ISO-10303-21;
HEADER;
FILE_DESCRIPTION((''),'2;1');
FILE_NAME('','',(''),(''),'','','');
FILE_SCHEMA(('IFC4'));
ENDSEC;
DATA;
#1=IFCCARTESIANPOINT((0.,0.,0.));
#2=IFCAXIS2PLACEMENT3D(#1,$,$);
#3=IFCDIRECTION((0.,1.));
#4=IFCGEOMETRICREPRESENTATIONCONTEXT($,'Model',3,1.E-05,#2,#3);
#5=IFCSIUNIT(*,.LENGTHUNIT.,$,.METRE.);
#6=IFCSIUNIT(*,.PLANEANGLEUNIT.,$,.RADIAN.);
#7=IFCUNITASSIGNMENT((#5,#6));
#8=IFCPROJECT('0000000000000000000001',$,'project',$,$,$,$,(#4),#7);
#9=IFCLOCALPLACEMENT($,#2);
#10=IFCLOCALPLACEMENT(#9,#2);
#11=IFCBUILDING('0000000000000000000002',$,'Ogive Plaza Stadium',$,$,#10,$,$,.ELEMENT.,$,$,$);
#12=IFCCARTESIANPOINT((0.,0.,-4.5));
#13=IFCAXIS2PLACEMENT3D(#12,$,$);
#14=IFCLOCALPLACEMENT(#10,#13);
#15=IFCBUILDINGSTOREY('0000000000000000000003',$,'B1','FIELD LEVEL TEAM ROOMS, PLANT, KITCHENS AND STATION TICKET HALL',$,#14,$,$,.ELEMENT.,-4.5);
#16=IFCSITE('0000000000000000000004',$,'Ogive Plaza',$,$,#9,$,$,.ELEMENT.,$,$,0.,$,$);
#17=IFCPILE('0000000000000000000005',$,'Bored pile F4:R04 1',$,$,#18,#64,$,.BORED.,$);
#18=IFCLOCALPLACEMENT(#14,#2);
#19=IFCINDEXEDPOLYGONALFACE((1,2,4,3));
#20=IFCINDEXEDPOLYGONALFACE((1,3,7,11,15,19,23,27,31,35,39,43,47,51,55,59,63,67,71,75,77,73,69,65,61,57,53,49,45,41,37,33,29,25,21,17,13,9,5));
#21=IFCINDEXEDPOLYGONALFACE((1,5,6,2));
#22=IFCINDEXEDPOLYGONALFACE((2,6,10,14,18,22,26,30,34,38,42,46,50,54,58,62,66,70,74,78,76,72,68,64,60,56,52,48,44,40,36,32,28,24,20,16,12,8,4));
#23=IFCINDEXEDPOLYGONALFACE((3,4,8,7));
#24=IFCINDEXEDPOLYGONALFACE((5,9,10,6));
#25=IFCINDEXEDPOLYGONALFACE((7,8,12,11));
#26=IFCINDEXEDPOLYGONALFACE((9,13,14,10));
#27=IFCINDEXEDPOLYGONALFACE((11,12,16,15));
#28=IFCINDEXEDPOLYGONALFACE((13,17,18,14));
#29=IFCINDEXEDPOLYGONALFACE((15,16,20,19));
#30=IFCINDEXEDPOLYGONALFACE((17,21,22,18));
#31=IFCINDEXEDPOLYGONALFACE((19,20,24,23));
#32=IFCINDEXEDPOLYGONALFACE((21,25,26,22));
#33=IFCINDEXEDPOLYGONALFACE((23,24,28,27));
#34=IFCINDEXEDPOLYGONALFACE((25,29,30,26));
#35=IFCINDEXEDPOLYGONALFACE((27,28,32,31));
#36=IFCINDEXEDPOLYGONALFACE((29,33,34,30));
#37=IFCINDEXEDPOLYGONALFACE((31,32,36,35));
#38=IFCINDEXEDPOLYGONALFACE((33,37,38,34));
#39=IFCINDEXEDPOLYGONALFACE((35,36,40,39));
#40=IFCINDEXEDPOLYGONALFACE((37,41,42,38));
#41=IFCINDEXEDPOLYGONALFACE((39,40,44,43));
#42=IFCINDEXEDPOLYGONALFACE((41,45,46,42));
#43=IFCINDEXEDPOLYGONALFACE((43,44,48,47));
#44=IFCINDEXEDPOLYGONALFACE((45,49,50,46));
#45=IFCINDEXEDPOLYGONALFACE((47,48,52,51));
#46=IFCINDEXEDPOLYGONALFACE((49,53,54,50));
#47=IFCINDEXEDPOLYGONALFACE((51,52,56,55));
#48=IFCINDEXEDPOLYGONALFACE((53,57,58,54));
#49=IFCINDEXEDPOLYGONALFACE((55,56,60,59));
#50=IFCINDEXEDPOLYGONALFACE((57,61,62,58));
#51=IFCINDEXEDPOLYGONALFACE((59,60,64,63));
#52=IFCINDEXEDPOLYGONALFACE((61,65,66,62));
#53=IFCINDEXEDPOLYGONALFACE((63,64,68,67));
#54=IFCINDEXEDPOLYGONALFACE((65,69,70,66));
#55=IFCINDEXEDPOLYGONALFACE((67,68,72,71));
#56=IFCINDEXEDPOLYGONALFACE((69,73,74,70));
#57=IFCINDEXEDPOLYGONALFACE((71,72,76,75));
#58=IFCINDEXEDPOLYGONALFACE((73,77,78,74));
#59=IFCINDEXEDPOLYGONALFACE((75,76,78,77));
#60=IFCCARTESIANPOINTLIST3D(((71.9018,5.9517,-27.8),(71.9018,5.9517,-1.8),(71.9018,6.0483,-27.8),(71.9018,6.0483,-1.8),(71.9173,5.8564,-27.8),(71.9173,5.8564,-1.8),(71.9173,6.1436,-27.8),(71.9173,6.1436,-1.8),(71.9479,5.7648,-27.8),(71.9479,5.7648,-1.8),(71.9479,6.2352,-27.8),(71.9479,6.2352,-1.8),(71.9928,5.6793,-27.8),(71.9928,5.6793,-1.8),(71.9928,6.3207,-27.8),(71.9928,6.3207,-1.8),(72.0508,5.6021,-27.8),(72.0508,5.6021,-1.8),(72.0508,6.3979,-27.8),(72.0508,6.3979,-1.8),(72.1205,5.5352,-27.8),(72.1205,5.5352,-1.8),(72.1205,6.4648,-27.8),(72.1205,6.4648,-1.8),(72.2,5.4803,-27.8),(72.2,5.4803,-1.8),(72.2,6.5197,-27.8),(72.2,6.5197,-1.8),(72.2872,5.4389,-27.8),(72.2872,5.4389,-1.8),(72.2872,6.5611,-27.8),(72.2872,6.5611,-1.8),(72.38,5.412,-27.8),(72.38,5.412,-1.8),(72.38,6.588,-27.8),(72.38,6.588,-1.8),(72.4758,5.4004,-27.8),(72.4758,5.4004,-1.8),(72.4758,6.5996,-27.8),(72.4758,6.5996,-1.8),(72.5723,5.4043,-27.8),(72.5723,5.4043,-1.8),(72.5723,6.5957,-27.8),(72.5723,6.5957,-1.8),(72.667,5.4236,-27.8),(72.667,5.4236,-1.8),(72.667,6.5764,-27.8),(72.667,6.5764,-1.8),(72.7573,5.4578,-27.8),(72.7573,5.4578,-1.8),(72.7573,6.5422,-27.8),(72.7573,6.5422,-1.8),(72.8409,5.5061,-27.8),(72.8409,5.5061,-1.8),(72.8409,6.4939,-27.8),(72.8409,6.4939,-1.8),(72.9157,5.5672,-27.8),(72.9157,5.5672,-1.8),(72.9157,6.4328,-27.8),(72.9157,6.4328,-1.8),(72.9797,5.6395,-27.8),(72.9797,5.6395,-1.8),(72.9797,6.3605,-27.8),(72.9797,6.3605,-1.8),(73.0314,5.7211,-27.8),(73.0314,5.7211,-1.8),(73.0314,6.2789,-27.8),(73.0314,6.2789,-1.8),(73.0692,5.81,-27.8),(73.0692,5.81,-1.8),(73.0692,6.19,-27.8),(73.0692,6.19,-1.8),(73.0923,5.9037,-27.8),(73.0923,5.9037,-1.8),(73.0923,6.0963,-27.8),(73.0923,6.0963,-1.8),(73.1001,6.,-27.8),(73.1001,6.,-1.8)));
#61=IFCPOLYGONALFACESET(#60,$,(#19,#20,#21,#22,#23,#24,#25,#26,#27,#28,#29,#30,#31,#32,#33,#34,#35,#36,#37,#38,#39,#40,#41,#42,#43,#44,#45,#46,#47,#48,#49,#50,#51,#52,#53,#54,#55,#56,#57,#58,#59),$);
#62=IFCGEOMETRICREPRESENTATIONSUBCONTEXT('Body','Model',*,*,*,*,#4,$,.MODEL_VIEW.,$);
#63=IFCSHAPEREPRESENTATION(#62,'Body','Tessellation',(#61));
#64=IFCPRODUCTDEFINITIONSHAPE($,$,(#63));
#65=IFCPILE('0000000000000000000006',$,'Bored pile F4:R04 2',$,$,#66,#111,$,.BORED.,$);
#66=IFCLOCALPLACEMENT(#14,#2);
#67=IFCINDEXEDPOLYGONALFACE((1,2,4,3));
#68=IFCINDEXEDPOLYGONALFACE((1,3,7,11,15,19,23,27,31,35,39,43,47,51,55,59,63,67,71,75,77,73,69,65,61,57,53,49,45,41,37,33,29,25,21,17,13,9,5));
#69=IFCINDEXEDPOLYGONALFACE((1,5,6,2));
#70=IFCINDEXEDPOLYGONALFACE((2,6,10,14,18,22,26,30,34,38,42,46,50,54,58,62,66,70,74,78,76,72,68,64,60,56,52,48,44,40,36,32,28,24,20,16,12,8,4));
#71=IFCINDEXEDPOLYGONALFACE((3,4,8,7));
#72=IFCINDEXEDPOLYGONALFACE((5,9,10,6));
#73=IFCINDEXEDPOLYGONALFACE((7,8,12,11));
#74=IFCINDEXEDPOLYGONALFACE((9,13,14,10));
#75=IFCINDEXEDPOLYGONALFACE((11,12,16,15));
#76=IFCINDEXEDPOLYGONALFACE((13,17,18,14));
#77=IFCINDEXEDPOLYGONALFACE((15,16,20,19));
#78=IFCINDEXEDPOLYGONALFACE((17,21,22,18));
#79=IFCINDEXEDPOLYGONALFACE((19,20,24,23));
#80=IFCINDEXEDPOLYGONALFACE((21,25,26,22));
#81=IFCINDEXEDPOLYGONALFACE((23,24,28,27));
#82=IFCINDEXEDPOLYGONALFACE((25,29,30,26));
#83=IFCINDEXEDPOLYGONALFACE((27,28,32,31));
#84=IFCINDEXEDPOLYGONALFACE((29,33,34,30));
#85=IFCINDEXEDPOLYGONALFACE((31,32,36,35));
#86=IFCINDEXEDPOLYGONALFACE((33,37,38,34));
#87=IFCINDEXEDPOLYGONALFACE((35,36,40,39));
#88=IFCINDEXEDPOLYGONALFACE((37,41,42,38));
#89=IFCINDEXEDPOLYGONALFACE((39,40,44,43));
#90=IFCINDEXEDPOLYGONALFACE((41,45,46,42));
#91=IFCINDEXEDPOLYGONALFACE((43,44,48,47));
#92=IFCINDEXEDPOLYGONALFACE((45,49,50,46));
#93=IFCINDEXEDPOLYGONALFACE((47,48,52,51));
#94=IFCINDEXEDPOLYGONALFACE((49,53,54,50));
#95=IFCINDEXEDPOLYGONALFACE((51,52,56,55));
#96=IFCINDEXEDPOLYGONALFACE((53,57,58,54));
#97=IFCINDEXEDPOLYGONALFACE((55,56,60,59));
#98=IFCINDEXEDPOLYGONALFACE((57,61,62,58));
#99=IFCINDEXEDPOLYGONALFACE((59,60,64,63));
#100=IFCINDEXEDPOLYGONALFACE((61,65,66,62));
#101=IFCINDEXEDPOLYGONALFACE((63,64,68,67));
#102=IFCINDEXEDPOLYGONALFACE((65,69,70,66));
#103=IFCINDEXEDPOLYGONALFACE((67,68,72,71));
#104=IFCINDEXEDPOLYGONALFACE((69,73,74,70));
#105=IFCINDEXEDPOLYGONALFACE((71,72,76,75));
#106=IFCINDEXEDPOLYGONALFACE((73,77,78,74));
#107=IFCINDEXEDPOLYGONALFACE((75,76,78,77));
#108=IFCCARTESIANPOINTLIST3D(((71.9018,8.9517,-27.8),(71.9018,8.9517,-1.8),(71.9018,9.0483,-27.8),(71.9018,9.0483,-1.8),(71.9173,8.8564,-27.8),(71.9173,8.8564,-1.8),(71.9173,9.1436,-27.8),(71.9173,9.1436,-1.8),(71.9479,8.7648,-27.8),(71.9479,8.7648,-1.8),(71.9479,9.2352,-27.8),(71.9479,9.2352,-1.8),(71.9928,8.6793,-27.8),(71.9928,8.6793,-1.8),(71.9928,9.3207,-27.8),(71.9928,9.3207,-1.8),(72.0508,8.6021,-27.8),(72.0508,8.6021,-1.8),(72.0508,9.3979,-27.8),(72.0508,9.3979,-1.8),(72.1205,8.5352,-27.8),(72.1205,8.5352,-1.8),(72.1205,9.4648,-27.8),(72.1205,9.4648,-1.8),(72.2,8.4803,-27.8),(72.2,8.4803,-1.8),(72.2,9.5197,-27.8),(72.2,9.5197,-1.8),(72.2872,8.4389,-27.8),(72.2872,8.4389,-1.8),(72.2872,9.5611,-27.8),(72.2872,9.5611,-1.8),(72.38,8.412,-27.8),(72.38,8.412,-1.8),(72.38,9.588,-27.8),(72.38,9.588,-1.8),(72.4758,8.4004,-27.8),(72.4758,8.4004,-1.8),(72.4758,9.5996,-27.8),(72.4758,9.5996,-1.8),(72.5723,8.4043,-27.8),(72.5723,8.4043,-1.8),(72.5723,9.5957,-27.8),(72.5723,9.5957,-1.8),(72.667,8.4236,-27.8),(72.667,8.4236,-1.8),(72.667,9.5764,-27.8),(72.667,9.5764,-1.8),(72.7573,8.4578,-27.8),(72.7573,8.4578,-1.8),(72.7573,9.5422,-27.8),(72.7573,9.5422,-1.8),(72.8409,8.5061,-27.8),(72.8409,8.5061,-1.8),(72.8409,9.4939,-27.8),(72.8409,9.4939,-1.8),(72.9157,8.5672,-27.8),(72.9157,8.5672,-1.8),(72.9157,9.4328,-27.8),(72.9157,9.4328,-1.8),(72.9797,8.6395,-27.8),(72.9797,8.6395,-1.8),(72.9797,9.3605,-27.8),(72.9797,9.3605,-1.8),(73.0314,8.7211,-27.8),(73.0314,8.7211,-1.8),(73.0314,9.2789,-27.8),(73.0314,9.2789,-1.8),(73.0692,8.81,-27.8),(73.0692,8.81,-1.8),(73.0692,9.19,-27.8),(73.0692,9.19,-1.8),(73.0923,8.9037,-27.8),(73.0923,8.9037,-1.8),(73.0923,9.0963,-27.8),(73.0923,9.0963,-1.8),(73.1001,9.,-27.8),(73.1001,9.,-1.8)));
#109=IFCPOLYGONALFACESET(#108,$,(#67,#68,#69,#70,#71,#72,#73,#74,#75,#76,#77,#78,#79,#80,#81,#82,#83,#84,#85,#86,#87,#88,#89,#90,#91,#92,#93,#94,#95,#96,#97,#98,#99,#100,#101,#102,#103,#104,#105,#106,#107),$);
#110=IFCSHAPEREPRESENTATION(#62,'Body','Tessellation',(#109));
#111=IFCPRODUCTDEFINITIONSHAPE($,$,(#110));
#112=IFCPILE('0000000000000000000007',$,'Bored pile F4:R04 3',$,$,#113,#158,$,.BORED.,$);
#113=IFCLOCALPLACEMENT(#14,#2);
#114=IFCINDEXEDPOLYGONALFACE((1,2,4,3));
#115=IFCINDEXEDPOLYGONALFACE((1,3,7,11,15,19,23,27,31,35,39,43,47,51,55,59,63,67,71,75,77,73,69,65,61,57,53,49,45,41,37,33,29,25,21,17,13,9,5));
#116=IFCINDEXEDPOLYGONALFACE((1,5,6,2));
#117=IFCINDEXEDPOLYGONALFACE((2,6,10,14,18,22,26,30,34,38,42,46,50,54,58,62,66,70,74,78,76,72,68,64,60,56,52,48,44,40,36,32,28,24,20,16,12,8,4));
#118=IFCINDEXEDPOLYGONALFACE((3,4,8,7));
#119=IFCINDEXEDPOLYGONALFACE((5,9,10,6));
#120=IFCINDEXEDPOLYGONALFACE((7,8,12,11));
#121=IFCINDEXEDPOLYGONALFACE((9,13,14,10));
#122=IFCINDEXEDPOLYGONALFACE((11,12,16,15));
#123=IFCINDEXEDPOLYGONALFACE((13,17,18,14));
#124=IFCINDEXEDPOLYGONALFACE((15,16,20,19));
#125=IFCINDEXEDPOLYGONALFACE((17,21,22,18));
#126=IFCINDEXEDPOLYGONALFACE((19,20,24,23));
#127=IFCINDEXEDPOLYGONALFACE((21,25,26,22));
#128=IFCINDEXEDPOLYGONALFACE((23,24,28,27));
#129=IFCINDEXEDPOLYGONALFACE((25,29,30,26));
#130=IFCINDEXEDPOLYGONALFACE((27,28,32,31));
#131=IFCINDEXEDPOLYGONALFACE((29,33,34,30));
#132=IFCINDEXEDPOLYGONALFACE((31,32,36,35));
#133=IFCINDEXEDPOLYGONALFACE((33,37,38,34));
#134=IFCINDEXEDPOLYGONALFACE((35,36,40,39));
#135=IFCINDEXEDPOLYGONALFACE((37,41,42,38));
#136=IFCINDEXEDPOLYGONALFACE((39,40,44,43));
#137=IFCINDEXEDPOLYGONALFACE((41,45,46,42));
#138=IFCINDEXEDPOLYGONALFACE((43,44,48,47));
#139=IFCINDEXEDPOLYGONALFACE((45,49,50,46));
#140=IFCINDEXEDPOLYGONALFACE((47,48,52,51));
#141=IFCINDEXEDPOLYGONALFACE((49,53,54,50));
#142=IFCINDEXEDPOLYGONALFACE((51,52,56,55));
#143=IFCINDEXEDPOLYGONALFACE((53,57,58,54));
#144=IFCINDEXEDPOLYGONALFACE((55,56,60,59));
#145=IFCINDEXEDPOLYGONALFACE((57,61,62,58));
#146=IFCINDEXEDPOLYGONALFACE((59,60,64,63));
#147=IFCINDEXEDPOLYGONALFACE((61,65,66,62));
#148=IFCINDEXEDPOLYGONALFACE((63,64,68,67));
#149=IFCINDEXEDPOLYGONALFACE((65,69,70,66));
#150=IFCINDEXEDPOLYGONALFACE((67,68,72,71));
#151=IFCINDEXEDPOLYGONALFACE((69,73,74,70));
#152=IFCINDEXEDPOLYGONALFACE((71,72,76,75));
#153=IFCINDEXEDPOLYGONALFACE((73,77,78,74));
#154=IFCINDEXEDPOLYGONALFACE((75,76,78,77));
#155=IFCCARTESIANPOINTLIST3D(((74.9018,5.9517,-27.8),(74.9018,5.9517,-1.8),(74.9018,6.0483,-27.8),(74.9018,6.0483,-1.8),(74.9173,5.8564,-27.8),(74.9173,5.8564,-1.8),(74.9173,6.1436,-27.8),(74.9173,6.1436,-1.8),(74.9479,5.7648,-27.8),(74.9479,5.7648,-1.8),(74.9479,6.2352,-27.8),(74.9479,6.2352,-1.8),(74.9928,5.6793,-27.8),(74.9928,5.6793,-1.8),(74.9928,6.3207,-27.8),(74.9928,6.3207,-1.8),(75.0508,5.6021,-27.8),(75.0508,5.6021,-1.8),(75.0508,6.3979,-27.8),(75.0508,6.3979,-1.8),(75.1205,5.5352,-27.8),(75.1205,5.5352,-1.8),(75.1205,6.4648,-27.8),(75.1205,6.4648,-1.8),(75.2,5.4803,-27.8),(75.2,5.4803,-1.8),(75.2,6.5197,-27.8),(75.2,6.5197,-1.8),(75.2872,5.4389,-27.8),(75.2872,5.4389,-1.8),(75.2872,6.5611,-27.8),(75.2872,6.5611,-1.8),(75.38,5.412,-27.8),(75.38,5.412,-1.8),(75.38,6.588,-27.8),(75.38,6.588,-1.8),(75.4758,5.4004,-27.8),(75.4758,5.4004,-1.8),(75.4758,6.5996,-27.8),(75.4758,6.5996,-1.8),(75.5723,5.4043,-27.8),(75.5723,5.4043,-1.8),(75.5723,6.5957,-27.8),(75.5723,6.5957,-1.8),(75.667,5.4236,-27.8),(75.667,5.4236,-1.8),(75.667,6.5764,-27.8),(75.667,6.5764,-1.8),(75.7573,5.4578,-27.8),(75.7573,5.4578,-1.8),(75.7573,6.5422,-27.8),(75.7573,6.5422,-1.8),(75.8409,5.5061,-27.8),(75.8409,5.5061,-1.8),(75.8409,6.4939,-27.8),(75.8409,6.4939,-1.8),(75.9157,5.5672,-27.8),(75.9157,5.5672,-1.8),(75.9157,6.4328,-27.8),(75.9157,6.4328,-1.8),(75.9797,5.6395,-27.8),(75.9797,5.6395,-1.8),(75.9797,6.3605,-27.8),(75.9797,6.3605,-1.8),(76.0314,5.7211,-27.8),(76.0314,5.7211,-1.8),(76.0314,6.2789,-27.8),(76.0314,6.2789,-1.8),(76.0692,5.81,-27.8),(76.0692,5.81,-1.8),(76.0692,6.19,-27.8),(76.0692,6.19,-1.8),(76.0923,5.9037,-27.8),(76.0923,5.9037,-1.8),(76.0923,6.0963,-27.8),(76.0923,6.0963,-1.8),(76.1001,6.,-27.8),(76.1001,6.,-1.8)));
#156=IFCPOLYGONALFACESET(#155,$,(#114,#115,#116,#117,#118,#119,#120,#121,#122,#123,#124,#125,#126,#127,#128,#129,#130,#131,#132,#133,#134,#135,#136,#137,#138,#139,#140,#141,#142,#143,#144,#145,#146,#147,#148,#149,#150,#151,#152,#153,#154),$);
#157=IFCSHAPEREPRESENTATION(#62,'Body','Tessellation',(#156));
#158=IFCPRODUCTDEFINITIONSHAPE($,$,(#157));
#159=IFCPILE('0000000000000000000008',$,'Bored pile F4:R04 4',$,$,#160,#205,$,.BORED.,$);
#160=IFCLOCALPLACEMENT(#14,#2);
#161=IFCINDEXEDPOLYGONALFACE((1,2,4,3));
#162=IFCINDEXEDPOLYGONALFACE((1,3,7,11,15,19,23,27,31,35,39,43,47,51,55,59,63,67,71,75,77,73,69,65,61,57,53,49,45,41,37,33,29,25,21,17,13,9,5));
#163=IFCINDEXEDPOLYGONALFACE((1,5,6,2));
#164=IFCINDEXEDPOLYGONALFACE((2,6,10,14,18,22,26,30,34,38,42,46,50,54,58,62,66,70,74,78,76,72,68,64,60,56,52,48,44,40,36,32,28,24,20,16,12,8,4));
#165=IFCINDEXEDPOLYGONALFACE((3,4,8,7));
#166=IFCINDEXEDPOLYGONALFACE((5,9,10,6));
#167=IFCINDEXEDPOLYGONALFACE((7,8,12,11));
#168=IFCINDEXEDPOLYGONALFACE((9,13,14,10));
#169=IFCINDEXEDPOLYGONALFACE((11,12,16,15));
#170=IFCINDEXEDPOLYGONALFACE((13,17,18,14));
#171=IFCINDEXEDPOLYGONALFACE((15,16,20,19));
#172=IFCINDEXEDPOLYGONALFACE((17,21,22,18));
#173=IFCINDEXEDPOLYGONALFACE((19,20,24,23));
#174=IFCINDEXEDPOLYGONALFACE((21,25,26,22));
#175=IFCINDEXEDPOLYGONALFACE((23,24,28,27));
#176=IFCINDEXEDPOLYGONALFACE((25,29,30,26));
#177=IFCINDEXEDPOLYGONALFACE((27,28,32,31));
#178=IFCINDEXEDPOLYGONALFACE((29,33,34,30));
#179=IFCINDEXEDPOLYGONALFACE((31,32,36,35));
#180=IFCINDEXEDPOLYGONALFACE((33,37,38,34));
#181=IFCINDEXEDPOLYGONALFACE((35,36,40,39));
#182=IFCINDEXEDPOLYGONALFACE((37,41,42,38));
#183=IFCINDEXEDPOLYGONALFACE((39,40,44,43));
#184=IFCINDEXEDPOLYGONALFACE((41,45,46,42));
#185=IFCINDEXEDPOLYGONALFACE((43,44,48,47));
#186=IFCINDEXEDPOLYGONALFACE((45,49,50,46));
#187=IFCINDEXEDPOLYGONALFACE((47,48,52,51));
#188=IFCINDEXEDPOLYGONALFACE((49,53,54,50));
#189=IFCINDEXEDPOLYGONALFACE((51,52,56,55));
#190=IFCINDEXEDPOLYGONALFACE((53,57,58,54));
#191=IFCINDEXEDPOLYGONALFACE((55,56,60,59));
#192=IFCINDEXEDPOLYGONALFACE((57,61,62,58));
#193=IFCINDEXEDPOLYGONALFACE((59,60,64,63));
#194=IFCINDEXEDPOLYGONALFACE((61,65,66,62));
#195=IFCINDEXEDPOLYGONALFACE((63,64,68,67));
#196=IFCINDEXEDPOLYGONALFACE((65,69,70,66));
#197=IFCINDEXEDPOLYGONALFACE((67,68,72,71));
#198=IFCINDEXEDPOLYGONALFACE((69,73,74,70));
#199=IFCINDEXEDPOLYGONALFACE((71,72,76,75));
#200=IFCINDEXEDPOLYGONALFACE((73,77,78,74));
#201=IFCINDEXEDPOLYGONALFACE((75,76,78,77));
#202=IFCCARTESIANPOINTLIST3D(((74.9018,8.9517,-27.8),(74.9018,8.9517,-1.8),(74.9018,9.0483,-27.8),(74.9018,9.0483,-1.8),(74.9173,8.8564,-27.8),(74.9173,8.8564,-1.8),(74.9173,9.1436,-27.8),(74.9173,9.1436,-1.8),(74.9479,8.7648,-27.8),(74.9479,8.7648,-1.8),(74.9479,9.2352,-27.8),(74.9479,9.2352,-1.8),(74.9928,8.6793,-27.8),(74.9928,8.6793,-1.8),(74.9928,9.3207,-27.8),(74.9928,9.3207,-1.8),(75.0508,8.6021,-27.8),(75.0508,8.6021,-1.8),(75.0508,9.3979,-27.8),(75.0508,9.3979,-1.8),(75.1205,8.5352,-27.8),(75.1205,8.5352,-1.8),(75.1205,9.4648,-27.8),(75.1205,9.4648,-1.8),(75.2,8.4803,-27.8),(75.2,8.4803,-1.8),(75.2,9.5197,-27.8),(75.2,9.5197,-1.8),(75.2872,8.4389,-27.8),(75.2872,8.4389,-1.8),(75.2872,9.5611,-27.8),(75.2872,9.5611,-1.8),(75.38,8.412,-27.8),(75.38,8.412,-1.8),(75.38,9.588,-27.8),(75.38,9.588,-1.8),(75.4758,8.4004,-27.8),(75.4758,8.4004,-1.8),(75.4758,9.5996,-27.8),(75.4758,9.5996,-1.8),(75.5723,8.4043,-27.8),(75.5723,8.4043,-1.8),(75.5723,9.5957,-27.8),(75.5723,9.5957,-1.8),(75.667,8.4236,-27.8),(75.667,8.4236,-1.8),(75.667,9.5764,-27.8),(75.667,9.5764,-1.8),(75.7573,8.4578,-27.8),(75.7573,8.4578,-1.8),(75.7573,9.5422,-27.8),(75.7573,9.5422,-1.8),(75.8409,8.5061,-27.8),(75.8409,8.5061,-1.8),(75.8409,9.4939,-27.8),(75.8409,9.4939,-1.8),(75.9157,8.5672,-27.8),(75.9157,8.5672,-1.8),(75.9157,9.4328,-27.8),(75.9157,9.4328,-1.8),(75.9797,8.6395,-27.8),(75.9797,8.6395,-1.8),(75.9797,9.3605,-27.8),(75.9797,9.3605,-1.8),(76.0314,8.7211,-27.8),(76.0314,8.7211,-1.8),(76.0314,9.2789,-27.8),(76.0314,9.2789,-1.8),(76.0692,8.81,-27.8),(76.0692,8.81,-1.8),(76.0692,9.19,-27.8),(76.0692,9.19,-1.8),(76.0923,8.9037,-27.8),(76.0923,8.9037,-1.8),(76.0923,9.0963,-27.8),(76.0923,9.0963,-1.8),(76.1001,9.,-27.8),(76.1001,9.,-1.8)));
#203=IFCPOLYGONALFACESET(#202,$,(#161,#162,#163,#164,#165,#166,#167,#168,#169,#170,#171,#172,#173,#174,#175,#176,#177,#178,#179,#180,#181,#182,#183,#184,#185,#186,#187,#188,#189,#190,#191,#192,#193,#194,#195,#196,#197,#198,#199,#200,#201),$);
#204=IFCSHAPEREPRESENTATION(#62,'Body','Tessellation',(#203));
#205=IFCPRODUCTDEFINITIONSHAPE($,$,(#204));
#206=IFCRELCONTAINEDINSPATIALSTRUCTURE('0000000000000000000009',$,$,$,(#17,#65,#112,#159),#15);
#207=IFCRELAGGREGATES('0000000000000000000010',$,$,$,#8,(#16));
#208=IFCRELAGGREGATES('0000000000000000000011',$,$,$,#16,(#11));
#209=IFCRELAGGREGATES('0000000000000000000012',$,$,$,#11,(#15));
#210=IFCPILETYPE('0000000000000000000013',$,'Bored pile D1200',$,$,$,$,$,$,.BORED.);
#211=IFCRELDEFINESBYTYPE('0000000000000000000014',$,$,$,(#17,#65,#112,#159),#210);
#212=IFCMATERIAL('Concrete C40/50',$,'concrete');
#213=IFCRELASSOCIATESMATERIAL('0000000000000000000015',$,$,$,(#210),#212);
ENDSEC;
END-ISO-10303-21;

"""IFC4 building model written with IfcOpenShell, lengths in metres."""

from ifc_helpers import new_model, si_unit, direction, frame, origin, origin_2d, place, context, subcontext, project, spatial, circle, extrude, material, material_profile, profile_set, type_object, element, save


model = new_model("IFC4")

# Units and contexts
model_context = context("Model", 3, precision=1e-05, world=origin(), true_north=direction((0.0, 1.0)))
body_context = subcontext(model_context, "Body", "Model", "MODEL_VIEW")
ifc_project = project(units=[si_unit("LENGTHUNIT", "METRE"), si_unit("PLANEANGLEUNIT", "RADIAN")], contexts=[model_context])

# Site, building, storey
site_placement = place(None, origin())
site = spatial("IfcSite", under=ifc_project, at=site_placement, Name="Ogive Plaza", CompositionType="ELEMENT", RefElevation=0.0)
building_placement = place(site_placement, origin())
building = spatial("IfcBuilding", under=site, at=building_placement, Name="Ogive Plaza Stadium", CompositionType="ELEMENT")
storey_placement = place(building_placement, frame((0.0, 0.0, -4.5)))
storey = spatial("IfcBuildingStorey", under=building, at=storey_placement, Name="B1", Description="FIELD LEVEL TEAM ROOMS, PLANT, KITCHENS AND STATION TICKET HALL", CompositionType="ELEMENT", Elevation=-4.5)

# Piles
ifc_material_1 = material(Name="Concrete C40/50", Category="concrete")
ifc_material_profile_1 = material_profile(ifc_material_1, circle(Radius=0.6001, at=origin_2d()), Name="RC D1200")
ifc_profile_set_1 = profile_set([ifc_material_profile_1], Name="Concrete C40/50")
pile_type_1 = type_object("IfcPileType", Name="Bored pile D1200", PredefinedType="BORED", material=ifc_profile_set_1)
for number, where, z_axis, x_axis, name in (
    (1, (72.5, 6.0, -1.8), (0.0, 0.0, -1.0), (1.0, 0.0, 0.0), "Bored pile F4:R04 1"),
    (2, (72.5, 9.0, -1.8), (0.0, 0.0, -1.0), (1.0, 0.0, 0.0), "Bored pile F4:R04 2"),
    (3, (75.5, 6.0, -1.8), (0.0, 0.0, -1.0), (1.0, 0.0, 0.0), "Bored pile F4:R04 3"),
    (4, (75.5, 9.0, -1.8), (0.0, 0.0, -1.0), (1.0, 0.0, 0.0), "Bored pile F4:R04 4"),
):
    element("IfcPile", number, at=place(storey_placement, frame(where, z_axis=z_axis, x_axis=x_axis)), inside=storey, type_object=pile_type_1, Name=name, PredefinedType="BORED", context=body_context, shape_type="SweptSolid", body=[
        extrude(circle(Radius=0.6001, at=origin_2d()), origin(), (0.0, 0.0, 1.0), 26.0),
    ])

save(model, "model.ifc")
